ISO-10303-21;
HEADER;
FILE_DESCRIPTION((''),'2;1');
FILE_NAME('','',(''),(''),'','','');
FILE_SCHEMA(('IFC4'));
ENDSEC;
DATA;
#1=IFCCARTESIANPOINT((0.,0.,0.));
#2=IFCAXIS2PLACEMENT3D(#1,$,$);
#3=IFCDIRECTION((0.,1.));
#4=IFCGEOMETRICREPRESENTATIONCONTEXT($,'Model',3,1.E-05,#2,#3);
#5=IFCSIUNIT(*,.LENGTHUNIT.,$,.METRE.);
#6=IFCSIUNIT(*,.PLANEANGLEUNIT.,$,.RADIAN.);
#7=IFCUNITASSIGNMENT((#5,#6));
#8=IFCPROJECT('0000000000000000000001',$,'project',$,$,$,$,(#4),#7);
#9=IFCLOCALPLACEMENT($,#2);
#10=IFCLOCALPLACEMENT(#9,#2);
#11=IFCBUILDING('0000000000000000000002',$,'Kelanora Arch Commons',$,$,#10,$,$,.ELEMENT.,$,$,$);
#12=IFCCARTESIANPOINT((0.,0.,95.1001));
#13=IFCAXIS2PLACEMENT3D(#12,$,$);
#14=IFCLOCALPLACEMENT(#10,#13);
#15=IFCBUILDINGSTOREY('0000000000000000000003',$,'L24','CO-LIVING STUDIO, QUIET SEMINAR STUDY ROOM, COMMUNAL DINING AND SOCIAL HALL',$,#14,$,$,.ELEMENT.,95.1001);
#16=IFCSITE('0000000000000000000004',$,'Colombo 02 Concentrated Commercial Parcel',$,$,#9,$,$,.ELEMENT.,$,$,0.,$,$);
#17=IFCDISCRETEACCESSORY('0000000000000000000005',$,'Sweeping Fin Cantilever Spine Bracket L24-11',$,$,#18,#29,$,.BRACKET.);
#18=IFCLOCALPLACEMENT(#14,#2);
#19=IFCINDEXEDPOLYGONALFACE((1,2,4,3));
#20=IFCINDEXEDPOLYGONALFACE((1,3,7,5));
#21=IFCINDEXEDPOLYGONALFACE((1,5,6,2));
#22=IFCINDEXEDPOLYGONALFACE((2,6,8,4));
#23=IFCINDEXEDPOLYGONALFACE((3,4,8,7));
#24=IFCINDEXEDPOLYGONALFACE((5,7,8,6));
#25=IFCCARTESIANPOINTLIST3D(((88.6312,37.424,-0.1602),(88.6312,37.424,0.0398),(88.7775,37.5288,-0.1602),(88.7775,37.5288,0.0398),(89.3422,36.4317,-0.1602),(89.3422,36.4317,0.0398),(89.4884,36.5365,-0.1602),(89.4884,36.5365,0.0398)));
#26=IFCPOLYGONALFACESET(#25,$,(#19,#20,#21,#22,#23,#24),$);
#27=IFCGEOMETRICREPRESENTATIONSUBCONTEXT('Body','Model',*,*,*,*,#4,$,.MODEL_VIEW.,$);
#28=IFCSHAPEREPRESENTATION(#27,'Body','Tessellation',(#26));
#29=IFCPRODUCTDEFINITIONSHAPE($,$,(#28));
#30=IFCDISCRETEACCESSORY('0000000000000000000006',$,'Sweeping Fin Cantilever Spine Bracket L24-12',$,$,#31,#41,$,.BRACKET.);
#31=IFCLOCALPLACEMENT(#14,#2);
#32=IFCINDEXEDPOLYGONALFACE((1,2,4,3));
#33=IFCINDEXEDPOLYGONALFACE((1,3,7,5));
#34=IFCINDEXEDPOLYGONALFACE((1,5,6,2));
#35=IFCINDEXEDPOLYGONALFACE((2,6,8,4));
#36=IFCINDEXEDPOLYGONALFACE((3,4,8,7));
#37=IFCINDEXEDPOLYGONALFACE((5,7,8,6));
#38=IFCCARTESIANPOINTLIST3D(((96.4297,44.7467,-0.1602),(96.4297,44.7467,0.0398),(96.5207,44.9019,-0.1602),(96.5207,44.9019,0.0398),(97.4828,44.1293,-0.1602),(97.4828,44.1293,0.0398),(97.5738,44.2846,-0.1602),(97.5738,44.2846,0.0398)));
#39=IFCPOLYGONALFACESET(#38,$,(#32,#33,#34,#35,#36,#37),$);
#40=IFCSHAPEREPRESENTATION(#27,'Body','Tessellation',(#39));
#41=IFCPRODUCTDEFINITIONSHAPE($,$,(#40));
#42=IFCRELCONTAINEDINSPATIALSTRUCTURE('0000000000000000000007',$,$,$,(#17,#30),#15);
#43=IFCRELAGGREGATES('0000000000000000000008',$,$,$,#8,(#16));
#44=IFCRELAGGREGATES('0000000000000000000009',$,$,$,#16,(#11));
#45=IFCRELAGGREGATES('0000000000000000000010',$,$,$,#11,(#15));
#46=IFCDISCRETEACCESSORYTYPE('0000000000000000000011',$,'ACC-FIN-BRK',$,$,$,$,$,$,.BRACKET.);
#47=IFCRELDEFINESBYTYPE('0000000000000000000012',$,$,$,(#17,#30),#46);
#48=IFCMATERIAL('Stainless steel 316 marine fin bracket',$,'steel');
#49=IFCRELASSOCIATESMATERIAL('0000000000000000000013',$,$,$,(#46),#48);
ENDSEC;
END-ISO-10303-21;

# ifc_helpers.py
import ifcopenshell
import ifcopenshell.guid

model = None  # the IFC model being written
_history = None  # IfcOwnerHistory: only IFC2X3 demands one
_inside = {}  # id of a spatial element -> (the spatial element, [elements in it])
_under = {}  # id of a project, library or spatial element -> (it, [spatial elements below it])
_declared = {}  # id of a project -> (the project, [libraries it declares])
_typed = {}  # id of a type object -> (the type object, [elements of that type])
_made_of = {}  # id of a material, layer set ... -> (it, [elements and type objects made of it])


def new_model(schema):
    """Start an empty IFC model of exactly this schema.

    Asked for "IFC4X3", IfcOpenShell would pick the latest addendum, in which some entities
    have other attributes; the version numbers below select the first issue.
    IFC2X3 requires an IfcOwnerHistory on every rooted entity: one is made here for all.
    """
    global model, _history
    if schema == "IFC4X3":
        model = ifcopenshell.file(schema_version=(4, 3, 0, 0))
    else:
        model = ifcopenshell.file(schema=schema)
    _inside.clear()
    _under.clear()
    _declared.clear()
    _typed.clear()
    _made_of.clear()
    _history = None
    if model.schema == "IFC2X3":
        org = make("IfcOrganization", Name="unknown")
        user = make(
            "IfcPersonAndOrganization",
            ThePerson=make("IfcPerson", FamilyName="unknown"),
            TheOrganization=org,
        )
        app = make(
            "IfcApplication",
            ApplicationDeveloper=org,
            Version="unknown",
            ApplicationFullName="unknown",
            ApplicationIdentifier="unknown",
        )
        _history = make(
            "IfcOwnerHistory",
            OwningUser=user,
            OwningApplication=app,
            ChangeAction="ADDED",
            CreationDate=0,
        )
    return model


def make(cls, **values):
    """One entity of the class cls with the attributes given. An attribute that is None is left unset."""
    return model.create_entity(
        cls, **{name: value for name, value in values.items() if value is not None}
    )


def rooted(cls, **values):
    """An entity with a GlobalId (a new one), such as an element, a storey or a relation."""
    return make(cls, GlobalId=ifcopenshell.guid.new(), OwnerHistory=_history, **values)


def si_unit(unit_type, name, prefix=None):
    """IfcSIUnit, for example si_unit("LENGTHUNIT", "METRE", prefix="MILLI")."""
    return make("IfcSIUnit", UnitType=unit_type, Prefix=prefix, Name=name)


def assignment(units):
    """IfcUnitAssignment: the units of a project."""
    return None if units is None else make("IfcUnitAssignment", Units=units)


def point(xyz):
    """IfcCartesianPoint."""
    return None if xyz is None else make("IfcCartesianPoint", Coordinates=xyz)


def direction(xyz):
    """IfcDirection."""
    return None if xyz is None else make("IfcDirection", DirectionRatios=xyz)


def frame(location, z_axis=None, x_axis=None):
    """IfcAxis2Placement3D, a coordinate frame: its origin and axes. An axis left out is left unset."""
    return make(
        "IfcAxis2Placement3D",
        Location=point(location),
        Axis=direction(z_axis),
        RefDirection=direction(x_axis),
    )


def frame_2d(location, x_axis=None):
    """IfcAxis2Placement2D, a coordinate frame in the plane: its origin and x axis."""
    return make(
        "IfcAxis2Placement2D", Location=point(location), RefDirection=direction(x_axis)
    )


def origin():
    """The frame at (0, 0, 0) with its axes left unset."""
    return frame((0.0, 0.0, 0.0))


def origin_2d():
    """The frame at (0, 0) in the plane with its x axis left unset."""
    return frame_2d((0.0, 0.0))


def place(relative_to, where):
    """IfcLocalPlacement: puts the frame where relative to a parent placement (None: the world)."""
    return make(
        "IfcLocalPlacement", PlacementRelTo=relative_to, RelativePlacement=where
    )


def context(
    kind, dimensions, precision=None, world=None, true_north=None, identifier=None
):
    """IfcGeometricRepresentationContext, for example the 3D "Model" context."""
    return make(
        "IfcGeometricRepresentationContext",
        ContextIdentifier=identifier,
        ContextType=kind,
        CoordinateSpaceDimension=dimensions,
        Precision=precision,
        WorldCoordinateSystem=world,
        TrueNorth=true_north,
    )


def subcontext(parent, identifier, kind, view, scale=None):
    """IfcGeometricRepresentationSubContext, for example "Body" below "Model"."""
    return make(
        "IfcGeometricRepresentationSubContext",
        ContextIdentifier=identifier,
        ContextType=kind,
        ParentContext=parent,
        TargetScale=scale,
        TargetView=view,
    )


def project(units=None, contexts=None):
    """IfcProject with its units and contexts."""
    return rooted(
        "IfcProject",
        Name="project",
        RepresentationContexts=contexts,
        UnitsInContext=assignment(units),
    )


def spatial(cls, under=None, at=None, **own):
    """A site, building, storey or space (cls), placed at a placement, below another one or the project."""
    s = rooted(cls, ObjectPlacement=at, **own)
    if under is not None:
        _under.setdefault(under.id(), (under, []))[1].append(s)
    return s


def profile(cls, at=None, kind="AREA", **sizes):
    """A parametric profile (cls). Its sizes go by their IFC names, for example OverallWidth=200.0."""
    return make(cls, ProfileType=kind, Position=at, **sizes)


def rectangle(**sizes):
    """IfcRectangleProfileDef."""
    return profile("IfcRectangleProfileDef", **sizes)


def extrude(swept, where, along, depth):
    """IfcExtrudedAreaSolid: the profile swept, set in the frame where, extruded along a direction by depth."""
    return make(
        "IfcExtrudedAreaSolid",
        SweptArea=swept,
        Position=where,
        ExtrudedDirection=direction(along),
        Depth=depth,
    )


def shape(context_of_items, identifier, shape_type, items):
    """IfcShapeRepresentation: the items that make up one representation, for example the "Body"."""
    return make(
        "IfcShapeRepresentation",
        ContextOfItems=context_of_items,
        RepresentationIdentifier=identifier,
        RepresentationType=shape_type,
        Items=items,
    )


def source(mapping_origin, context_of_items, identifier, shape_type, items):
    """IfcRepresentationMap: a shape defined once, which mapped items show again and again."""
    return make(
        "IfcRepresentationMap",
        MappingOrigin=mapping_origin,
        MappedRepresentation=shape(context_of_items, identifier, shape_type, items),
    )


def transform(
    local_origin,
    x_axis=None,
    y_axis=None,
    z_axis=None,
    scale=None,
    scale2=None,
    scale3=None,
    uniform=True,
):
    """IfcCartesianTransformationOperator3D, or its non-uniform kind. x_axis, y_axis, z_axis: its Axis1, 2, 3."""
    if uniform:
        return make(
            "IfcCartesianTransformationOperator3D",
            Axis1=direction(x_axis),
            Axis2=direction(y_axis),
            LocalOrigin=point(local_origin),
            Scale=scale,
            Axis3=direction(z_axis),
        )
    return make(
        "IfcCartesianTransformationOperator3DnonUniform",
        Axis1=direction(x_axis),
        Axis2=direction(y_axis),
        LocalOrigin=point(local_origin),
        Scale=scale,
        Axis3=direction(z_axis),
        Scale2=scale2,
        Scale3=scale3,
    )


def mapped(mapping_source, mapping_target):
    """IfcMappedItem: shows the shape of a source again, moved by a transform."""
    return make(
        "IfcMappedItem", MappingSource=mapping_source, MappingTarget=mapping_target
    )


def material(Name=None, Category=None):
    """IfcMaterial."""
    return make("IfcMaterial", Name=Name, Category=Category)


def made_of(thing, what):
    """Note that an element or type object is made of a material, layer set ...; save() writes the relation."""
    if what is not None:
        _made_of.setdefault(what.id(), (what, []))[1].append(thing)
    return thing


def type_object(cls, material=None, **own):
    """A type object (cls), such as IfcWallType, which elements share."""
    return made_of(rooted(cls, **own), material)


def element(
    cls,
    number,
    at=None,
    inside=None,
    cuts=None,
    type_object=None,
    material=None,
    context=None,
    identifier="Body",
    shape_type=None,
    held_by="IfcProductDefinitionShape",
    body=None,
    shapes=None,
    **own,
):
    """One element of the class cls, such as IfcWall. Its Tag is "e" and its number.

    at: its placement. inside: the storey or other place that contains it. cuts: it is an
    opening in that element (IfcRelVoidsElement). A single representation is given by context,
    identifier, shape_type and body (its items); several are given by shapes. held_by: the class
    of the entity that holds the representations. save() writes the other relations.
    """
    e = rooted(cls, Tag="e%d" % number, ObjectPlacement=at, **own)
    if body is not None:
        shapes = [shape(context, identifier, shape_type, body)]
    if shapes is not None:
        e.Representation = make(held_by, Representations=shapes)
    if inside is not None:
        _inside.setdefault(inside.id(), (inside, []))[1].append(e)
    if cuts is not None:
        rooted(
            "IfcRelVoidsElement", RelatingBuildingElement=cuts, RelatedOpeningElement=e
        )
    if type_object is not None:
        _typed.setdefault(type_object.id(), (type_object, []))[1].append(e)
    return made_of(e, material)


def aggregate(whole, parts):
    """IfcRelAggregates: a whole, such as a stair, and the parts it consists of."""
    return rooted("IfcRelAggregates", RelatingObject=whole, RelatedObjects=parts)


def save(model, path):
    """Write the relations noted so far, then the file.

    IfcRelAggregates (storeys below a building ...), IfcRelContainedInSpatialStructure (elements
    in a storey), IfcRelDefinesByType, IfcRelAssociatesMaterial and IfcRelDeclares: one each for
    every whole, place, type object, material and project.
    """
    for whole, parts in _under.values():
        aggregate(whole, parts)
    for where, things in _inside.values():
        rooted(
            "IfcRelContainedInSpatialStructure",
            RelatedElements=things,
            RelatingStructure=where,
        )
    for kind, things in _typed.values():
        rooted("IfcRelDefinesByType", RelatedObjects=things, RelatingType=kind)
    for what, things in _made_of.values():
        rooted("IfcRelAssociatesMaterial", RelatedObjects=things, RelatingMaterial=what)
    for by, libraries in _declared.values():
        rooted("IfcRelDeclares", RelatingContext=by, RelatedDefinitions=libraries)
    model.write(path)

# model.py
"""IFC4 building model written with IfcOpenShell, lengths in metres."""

from ifc_helpers import new_model, si_unit, direction, frame, origin, origin_2d, place, context, subcontext, project, spatial, rectangle, extrude, source, transform, mapped, material, type_object, element, save


model = new_model("IFC4")

# Units and contexts
model_context = context("Model", 3, precision=1e-05, world=origin(), true_north=direction((0.0, 1.0)))
body_context = subcontext(model_context, "Body", "Model", "MODEL_VIEW")
ifc_project = project(units=[si_unit("LENGTHUNIT", "METRE"), si_unit("PLANEANGLEUNIT", "RADIAN")], contexts=[model_context])

# Site, building, storey
site_placement = place(None, origin())
site = spatial("IfcSite", under=ifc_project, at=site_placement, Name="Colombo 02 Concentrated Commercial Parcel", CompositionType="ELEMENT", RefElevation=0.0)
building_placement = place(site_placement, origin())
building = spatial("IfcBuilding", under=site, at=building_placement, Name="Kelanora Arch Commons", CompositionType="ELEMENT")
storey_placement = place(building_placement, frame((0.0, 0.0, 95.1001)))
storey = spatial("IfcBuildingStorey", under=building, at=storey_placement, Name="L24", Description="CO-LIVING STUDIO, QUIET SEMINAR STUDY ROOM, COMMUNAL DINING AND SOCIAL HALL", CompositionType="ELEMENT", Elevation=95.1001)

# Discrete accessories
ifc_material_1 = material(Name="Stainless steel 316 marine fin bracket", Category="steel")
discrete_accessory_type = type_object("IfcDiscreteAccessoryType", Name="ACC-FIN-BRK", PredefinedType="BRACKET", material=ifc_material_1)
shared_shape_1 = source(origin(), body_context, "Body", "SweptSolid", [
    extrude(rectangle(XDim=1.2207, YDim=0.1799, at=origin_2d()), origin(), (0.0, 0.0, 1.0), 0.2),
])
for number, where, z_axis, x_axis, name in (
    (1, (89.0598, 36.9802, -0.1602), (0.0, 0.0, 1.0), (0.582407, -0.812898, 0.0), "Sweeping Fin Cantilever Spine Bracket L24-11"),
    (2, (97.0017, 44.5156, -0.1602), (0.0, 0.0, 1.0), (0.86269, -0.505733, 0.0), "Sweeping Fin Cantilever Spine Bracket L24-12"),
):
    element("IfcDiscreteAccessory", number, at=place(storey_placement, frame(where, z_axis=z_axis, x_axis=x_axis)), inside=storey, type_object=discrete_accessory_type, Name=name, PredefinedType="BRACKET", context=body_context, shape_type="MappedRepresentation", body=[
        mapped(shared_shape_1, transform((0.0, 0.0, 0.0), scale=1.0)),
    ])

save(model, "model.ifc")
